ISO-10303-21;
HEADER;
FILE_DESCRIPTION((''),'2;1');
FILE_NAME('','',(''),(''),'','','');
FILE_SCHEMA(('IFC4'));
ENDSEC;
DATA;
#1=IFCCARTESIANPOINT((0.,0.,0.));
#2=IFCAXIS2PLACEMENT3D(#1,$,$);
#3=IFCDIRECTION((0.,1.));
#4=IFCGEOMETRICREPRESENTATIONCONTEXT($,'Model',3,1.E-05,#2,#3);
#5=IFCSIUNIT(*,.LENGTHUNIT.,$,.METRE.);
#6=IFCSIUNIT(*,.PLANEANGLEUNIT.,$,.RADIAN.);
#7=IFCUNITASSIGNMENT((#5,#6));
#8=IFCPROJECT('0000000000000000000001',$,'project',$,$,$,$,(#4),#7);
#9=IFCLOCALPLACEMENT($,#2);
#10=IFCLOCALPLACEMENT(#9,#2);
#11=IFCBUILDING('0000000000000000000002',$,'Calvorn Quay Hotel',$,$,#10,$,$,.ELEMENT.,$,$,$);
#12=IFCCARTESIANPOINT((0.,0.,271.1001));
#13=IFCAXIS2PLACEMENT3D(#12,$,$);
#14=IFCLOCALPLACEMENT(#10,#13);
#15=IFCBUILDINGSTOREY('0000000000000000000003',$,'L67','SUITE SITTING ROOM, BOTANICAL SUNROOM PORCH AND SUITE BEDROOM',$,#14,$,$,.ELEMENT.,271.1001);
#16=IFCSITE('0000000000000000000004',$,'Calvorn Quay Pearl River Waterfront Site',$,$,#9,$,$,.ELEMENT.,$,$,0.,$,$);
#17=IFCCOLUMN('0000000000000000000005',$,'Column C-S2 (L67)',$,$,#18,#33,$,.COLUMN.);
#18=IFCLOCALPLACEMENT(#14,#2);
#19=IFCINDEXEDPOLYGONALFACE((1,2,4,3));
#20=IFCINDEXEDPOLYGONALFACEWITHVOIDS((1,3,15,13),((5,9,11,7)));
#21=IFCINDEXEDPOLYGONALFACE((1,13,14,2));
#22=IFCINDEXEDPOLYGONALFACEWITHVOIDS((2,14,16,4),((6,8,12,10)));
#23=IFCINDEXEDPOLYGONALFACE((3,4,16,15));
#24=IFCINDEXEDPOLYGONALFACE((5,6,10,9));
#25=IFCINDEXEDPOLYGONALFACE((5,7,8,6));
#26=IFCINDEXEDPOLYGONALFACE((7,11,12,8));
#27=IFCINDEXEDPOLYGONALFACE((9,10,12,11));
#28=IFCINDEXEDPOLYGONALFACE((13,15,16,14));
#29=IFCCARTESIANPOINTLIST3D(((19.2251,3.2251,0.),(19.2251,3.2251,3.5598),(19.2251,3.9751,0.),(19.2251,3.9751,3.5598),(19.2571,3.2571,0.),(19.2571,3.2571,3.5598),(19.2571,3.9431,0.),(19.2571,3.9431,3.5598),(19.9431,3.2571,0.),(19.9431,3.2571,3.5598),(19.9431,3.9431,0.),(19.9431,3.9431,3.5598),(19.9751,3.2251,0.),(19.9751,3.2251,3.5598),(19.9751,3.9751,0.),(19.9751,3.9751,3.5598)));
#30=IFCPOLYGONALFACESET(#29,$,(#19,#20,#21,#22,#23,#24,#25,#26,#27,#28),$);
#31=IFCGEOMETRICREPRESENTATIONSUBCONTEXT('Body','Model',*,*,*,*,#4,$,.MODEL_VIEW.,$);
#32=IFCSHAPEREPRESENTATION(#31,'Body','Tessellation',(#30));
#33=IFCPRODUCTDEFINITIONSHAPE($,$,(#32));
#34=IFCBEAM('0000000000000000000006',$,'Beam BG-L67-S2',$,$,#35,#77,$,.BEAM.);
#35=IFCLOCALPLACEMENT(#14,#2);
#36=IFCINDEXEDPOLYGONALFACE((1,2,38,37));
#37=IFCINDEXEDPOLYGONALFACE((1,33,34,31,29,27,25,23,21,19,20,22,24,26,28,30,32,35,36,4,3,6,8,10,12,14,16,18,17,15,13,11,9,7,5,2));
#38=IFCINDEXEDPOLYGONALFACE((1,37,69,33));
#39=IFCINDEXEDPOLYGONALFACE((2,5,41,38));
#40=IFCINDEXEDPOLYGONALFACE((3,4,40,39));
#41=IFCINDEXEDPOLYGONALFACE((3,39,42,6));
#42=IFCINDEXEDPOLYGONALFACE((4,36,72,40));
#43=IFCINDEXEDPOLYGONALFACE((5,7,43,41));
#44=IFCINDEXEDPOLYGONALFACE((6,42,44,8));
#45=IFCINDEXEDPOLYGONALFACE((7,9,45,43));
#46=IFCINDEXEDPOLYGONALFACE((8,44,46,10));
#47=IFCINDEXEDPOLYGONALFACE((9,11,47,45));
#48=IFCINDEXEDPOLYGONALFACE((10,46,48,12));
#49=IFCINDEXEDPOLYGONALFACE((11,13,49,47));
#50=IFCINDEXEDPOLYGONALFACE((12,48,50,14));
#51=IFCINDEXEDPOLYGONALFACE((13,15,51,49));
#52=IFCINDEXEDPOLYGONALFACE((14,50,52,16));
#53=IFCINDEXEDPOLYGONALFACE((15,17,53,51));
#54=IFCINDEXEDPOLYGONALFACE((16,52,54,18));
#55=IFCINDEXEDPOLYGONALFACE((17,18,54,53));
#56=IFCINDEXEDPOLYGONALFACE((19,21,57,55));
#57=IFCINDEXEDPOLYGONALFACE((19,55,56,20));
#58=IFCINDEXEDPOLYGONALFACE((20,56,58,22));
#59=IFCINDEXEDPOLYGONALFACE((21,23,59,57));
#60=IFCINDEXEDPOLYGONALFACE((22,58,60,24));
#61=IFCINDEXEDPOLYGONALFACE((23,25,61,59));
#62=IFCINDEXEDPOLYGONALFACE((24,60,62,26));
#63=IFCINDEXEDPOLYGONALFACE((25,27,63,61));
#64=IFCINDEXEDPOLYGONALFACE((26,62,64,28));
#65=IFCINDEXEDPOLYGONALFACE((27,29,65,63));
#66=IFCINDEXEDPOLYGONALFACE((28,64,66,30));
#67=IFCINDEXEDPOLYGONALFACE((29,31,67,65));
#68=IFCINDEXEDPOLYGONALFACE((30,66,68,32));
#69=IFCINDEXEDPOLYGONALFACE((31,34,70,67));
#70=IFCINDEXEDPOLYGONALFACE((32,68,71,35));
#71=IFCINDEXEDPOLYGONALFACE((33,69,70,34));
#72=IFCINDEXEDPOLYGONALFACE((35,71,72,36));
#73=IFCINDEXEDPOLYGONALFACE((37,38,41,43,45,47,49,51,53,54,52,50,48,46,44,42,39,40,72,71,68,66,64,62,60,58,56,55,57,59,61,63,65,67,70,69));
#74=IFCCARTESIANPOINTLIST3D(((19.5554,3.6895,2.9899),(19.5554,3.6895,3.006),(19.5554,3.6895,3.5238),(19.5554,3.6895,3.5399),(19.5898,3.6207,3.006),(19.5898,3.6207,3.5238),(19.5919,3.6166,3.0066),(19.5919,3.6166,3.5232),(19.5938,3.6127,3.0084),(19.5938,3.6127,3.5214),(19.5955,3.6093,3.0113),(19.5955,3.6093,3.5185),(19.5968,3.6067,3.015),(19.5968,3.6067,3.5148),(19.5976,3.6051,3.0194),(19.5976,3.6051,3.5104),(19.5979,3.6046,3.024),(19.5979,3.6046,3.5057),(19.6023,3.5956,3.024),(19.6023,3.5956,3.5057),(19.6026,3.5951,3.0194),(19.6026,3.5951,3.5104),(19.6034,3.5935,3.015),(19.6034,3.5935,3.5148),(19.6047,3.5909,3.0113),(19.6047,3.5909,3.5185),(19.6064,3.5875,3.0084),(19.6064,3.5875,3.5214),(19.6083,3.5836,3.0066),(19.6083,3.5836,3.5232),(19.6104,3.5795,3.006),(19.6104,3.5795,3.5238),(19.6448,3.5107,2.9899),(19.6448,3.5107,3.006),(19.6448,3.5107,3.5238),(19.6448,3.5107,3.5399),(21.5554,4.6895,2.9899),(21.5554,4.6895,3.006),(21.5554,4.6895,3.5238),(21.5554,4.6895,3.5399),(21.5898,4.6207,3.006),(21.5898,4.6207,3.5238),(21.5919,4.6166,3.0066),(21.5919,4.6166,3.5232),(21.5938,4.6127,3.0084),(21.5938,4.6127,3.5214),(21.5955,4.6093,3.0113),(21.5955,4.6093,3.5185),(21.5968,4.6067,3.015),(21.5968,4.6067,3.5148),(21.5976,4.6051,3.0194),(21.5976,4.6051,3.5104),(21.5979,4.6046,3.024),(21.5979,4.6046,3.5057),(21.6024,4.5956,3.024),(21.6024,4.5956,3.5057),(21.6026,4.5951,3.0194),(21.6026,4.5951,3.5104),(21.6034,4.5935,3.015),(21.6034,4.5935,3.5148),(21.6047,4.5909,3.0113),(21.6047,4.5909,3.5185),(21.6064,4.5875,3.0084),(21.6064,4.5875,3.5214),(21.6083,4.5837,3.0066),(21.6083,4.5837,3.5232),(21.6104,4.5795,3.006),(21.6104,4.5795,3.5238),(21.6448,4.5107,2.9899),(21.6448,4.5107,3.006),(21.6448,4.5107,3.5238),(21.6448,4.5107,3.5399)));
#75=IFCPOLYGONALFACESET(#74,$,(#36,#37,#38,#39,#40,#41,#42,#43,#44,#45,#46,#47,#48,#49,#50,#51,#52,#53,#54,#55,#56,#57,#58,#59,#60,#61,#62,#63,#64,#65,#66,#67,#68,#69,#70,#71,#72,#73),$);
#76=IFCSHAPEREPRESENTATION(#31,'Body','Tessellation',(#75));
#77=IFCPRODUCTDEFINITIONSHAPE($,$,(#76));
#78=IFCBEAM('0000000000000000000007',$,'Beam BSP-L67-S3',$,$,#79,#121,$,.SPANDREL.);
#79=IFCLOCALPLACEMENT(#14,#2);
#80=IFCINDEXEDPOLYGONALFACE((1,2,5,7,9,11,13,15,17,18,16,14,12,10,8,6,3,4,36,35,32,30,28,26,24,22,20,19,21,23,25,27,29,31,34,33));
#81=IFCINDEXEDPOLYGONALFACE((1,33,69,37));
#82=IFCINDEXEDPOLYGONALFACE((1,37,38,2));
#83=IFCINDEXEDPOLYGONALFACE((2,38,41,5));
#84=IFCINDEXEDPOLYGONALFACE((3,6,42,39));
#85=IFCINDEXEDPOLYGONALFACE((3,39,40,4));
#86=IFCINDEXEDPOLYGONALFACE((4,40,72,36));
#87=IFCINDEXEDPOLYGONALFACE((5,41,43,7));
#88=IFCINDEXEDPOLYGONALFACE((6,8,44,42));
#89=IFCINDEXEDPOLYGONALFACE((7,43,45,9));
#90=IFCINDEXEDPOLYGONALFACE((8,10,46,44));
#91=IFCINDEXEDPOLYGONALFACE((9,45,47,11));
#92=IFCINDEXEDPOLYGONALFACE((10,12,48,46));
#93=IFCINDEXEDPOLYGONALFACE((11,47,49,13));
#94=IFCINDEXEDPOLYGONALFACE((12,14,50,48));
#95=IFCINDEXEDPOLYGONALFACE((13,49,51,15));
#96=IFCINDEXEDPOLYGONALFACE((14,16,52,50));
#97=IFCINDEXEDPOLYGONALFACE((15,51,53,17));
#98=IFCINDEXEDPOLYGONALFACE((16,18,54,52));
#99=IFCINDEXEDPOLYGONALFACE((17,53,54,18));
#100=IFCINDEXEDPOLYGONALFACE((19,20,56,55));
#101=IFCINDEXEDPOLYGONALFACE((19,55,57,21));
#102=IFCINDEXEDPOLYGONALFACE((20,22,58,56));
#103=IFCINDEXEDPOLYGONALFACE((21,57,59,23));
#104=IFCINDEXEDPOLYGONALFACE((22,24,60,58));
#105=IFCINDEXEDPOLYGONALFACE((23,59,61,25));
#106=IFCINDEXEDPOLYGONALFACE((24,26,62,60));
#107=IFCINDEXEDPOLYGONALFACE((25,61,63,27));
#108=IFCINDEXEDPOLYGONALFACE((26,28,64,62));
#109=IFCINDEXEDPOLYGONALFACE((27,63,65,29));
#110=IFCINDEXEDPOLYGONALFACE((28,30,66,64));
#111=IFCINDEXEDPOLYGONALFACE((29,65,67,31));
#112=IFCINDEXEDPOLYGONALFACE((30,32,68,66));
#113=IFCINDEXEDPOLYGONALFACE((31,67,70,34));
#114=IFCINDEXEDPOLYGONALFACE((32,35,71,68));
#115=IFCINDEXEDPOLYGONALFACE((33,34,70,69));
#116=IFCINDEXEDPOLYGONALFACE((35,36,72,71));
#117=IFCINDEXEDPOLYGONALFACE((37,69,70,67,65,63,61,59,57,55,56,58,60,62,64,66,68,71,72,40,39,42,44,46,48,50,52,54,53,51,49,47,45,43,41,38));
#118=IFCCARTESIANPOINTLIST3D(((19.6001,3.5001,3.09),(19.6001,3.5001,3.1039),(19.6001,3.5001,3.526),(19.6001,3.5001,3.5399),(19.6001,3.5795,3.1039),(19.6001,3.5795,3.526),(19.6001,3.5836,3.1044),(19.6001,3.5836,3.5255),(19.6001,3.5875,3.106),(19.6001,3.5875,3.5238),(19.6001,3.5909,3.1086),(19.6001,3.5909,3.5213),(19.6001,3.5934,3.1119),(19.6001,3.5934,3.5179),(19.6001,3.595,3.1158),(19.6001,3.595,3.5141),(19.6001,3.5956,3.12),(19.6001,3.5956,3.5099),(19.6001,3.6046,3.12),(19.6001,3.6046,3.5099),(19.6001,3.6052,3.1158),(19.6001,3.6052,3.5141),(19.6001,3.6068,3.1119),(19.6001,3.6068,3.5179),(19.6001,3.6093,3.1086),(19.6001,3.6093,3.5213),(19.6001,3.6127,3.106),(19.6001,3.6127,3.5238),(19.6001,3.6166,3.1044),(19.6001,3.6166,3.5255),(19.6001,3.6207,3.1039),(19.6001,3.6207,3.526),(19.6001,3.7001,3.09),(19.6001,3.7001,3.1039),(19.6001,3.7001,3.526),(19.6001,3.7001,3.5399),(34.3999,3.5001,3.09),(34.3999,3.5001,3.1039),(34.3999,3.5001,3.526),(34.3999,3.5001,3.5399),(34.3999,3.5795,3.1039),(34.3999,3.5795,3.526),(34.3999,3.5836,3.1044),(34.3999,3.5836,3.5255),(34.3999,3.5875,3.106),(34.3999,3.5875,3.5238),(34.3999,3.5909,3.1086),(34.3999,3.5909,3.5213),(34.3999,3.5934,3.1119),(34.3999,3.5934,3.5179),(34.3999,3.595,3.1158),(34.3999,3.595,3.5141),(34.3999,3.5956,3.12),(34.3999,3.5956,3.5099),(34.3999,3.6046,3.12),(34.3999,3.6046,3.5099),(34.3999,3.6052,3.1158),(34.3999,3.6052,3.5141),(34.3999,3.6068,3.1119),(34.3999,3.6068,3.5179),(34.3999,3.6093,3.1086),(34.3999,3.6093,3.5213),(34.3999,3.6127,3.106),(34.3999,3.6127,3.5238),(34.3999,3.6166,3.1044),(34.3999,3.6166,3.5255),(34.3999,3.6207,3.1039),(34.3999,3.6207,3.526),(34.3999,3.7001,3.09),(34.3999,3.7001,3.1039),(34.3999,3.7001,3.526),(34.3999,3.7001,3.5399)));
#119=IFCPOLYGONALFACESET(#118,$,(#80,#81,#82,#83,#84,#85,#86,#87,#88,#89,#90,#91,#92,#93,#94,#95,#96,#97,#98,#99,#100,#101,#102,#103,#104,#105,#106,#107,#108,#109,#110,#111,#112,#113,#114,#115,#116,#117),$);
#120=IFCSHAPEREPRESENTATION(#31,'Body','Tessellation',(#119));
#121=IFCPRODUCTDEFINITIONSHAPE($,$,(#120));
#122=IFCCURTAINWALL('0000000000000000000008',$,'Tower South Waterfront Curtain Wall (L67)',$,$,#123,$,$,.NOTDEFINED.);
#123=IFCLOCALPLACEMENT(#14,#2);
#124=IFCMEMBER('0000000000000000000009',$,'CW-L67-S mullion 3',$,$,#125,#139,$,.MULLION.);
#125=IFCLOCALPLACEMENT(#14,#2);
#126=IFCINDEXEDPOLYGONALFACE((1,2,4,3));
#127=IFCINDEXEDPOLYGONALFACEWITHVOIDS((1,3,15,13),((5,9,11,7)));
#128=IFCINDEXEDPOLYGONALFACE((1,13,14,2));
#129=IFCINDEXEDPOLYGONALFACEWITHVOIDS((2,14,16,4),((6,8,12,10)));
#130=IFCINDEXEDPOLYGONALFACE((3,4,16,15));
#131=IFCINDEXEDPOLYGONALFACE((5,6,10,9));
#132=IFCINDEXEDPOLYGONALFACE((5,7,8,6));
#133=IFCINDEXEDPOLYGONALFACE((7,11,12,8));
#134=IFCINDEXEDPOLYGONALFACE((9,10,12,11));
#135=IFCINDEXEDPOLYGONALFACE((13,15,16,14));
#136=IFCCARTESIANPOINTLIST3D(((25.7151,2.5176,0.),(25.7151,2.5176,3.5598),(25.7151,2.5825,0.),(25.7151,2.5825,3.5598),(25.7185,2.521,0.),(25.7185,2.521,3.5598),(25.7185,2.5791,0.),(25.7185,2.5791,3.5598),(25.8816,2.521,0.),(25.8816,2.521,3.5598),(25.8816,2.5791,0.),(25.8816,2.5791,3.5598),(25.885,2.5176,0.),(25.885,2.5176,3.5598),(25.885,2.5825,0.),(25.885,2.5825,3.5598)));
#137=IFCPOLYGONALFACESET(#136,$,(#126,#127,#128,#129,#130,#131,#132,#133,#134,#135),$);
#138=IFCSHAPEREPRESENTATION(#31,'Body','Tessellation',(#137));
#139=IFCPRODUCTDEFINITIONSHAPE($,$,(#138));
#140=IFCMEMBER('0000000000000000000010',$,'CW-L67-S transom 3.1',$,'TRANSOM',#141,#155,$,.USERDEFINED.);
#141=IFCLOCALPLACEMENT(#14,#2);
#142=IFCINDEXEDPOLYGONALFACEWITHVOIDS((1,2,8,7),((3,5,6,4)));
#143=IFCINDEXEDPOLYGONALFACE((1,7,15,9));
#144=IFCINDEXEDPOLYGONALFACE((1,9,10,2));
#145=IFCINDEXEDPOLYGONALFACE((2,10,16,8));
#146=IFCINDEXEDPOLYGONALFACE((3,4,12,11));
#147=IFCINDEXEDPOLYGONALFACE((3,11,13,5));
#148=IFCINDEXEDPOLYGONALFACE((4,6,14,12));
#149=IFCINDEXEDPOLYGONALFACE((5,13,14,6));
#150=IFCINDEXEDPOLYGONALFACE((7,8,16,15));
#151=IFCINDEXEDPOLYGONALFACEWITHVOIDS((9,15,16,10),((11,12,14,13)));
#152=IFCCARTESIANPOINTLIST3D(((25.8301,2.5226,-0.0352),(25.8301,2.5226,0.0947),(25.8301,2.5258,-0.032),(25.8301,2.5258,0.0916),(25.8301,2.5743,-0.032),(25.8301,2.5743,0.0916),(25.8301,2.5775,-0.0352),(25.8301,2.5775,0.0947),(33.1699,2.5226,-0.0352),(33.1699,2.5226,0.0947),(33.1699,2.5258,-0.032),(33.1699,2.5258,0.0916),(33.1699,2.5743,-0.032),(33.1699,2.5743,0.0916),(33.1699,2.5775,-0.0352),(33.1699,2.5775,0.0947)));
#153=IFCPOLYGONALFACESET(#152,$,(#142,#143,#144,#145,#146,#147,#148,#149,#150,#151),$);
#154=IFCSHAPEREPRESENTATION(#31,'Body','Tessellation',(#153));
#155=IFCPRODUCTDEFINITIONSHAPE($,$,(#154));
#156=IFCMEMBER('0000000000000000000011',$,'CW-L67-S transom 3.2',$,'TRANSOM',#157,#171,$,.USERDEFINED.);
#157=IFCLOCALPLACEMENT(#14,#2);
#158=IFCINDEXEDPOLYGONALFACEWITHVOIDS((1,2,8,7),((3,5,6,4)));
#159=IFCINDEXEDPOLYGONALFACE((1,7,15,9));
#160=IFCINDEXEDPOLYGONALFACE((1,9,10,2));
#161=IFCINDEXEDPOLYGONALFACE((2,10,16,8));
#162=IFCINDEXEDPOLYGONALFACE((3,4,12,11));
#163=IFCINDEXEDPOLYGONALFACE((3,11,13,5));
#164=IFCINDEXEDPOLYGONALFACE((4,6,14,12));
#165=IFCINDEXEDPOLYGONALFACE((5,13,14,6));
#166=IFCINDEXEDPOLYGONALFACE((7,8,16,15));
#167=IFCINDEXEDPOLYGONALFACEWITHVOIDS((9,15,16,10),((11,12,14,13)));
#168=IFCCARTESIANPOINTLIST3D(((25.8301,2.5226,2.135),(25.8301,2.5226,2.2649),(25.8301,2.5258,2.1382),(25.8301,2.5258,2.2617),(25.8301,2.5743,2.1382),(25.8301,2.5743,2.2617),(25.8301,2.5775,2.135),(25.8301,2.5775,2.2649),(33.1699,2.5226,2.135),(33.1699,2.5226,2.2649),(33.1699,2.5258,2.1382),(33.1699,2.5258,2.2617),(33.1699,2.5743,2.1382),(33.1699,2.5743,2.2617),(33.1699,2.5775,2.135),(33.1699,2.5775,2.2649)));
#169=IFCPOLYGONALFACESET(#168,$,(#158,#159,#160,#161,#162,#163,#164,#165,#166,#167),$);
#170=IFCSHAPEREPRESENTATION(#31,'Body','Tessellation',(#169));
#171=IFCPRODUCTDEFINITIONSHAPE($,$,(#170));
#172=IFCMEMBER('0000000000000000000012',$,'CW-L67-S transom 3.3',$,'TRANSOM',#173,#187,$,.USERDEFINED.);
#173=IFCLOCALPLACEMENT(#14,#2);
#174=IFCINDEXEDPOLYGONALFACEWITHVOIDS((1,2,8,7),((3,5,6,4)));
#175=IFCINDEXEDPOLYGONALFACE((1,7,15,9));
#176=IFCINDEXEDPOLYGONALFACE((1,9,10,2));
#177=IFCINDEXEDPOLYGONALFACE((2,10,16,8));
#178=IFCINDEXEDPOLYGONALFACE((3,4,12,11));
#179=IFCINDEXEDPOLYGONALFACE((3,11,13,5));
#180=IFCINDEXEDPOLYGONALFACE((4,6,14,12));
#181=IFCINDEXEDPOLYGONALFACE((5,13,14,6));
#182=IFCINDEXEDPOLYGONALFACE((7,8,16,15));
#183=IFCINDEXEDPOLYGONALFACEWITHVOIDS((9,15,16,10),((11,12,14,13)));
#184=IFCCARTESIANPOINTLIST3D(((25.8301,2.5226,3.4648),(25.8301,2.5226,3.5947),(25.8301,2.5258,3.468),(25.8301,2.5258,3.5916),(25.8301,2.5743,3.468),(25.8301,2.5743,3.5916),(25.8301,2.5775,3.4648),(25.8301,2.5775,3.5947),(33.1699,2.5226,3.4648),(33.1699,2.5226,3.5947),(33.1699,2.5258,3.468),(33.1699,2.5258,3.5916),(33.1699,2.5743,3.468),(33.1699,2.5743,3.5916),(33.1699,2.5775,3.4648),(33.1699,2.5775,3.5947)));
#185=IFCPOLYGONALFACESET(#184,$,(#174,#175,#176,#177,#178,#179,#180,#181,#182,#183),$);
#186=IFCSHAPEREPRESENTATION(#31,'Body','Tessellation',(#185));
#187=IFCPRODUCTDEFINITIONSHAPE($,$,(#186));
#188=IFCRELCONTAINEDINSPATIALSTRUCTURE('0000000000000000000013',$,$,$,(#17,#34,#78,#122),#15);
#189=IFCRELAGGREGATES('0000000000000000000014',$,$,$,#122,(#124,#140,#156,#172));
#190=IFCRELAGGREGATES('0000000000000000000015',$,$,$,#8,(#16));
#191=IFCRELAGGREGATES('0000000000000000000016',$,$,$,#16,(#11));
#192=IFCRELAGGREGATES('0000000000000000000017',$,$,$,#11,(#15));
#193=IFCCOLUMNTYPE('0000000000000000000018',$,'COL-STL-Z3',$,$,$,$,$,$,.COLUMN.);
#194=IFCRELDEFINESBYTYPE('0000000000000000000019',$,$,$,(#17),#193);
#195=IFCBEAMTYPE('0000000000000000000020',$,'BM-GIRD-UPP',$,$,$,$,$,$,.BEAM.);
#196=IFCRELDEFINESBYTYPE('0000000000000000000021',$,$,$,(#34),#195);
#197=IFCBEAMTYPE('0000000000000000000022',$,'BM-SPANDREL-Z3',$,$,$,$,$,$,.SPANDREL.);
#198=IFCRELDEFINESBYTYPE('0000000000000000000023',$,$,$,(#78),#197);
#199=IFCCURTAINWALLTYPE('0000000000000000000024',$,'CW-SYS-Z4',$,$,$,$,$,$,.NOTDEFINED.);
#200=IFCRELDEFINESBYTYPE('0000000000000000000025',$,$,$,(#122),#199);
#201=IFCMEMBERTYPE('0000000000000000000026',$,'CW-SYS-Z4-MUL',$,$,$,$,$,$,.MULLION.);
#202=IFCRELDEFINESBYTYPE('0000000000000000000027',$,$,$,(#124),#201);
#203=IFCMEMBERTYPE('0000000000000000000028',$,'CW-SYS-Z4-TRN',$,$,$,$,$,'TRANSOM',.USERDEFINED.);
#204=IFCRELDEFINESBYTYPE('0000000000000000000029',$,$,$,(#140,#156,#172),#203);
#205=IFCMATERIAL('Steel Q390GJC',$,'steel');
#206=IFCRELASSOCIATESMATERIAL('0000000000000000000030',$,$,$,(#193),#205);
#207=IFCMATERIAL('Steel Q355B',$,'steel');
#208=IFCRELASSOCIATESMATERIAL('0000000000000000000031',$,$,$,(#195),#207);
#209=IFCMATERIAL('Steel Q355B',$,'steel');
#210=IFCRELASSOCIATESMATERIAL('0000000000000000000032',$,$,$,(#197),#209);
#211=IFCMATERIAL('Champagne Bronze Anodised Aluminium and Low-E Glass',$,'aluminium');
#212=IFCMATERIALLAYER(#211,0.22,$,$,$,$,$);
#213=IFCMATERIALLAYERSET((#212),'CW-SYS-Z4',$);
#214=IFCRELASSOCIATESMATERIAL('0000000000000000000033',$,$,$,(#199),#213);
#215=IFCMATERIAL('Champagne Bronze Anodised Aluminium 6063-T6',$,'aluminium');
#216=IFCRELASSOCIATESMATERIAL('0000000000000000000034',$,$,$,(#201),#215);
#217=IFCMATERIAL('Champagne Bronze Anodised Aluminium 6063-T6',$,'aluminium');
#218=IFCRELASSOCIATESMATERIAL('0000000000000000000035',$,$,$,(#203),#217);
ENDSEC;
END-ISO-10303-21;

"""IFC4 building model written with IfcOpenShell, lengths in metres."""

from ifc_helpers import new_model, si_unit, direction, frame, origin, origin_2d, place, context, subcontext, project, spatial, hollow_rectangle, i_section, extrude, material, layer, layer_set, material_profile, profile_set, type_object, element, aggregate, save


model = new_model("IFC4")

# Units and contexts
model_context = context("Model", 3, precision=1e-05, world=origin(), true_north=direction((0.0, 1.0)))
body_context = subcontext(model_context, "Body", "Model", "MODEL_VIEW")
ifc_project = project(units=[si_unit("LENGTHUNIT", "METRE"), si_unit("PLANEANGLEUNIT", "RADIAN")], contexts=[model_context])

# Site, building, storey
site_placement = place(None, origin())
site = spatial("IfcSite", under=ifc_project, at=site_placement, Name="Calvorn Quay Pearl River Waterfront Site", CompositionType="ELEMENT", RefElevation=0.0)
building_placement = place(site_placement, origin())
building = spatial("IfcBuilding", under=site, at=building_placement, Name="Calvorn Quay Hotel", CompositionType="ELEMENT")
storey_placement = place(building_placement, frame((0.0, 0.0, 271.1001)))
storey = spatial("IfcBuildingStorey", under=building, at=storey_placement, Name="L67", Description="SUITE SITTING ROOM, BOTANICAL SUNROOM PORCH AND SUITE BEDROOM", CompositionType="ELEMENT", Elevation=271.1001)

# Column
ifc_material_1 = material(Name="Steel Q390GJC", Category="steel")
ifc_material_profile_1 = material_profile(ifc_material_1, hollow_rectangle(XDim=0.75, YDim=0.75, WallThickness=0.032, at=origin_2d()), Name="BOX750x750x32")
ifc_profile_set_1 = profile_set([ifc_material_profile_1], Name="Steel Q390GJC")
column_type = type_object("IfcColumnType", Name="COL-STL-Z3", PredefinedType="COLUMN", material=ifc_profile_set_1)
column_placement = place(storey_placement, frame((19.6001, 3.6001, 0.0), z_axis=(0.0, 0.0, 1.0), x_axis=(1.0, 0.0, 0.0)))
element("IfcColumn", 1, at=column_placement, inside=storey, type_object=column_type, Name="Column C-S2 (L67)", PredefinedType="COLUMN", context=body_context, shape_type="SweptSolid", body=[
    extrude(hollow_rectangle(XDim=0.75, YDim=0.75, WallThickness=0.032, at=origin_2d()), origin(), (0.0, 0.0, 1.0), 3.5598),
])

# Beams
ifc_material_2 = material(Name="Steel Q355B", Category="steel")
ifc_material_profile_2 = material_profile(ifc_material_2, i_section(OverallWidth=0.2, OverallDepth=0.55, WebThickness=0.01, FlangeThickness=0.0161, FilletRadius=0.0181, at=origin_2d()), Name="HN550x200x10x16")
ifc_profile_set_2 = profile_set([ifc_material_profile_2], Name="Steel Q355B")
beam_type_1 = type_object("IfcBeamType", Name="BM-GIRD-UPP", PredefinedType="BEAM", material=ifc_profile_set_2)
beam_1_placement = place(storey_placement, frame((19.6001, 3.6001, 3.2649), z_axis=(0.894427, 0.447214, 0.0), x_axis=(-0.447214, 0.894427, 0.0)))
element("IfcBeam", 2, at=beam_1_placement, inside=storey, type_object=beam_type_1, Name="Beam BG-L67-S2", PredefinedType="BEAM", context=body_context, shape_type="SweptSolid", body=[
    extrude(i_section(OverallWidth=0.2, OverallDepth=0.55, WebThickness=0.01, FlangeThickness=0.0161, FilletRadius=0.0181, at=origin_2d()), origin(), (0.0, 0.0, 1.0), 2.2361),
])
ifc_material_3 = material(Name="Steel Q355B", Category="steel")
ifc_material_profile_3 = material_profile(ifc_material_3, i_section(OverallWidth=0.2, OverallDepth=0.45, WebThickness=0.009, FlangeThickness=0.0139, FilletRadius=0.0161, at=origin_2d()), Name="HN450x200x9x14")
ifc_profile_set_3 = profile_set([ifc_material_profile_3], Name="Steel Q355B")
beam_type_2 = type_object("IfcBeamType", Name="BM-SPANDREL-Z3", PredefinedType="SPANDREL", material=ifc_profile_set_3)
beam_2_placement = place(storey_placement, frame((19.6001, 3.6001, 3.3149), z_axis=(1.0, 0.0, 0.0), x_axis=(0.0, 1.0, 0.0)))
element("IfcBeam", 3, at=beam_2_placement, inside=storey, type_object=beam_type_2, Name="Beam BSP-L67-S3", PredefinedType="SPANDREL", context=body_context, shape_type="SweptSolid", body=[
    extrude(i_section(OverallWidth=0.2, OverallDepth=0.45, WebThickness=0.009, FlangeThickness=0.0139, FilletRadius=0.0161, at=origin_2d()), origin(), (0.0, 0.0, 1.0), 14.7998),
])

# Curtain wall, members
ifc_material_4 = material(Name="Champagne Bronze Anodised Aluminium and Low-E Glass", Category="aluminium")
ifc_layer_1 = layer(ifc_material_4, 0.22)
ifc_layer_set_1 = layer_set([ifc_layer_1], Name="CW-SYS-Z4")
curtain_wall_type = type_object("IfcCurtainWallType", Name="CW-SYS-Z4", PredefinedType="NOTDEFINED", material=ifc_layer_set_1)
curtain_wall_placement = place(storey_placement, origin())
curtain_wall = element("IfcCurtainWall", 4, at=curtain_wall_placement, inside=storey, type_object=curtain_wall_type, Name="Tower South Waterfront Curtain Wall (L67)", PredefinedType="NOTDEFINED")
ifc_material_5 = material(Name="Champagne Bronze Anodised Aluminium 6063-T6", Category="aluminium")
ifc_material_profile_4 = material_profile(ifc_material_5, hollow_rectangle(XDim=0.0649, YDim=0.1699, WallThickness=0.0034, at=origin_2d()), Name="ALU-M170x65x3.5")
ifc_profile_set_4 = profile_set([ifc_material_profile_4], Name="Champagne Bronze Anodised Aluminium 6063-T6")
member_type_1 = type_object("IfcMemberType", Name="CW-SYS-Z4-MUL", PredefinedType="MULLION", material=ifc_profile_set_4)
member_1_placement = place(storey_placement, frame((25.8, 2.55, 0.0), z_axis=(0.0, 0.0, 1.0), x_axis=(0.0, 1.0, 0.0)))
member_1 = element("IfcMember", 5, at=member_1_placement, type_object=member_type_1, Name="CW-L67-S mullion 3", PredefinedType="MULLION", context=body_context, shape_type="SweptSolid", body=[
    extrude(hollow_rectangle(XDim=0.0649, YDim=0.1699, WallThickness=0.0034, at=origin_2d()), origin(), (0.0, 0.0, 1.0), 3.5598),
])
ifc_material_6 = material(Name="Champagne Bronze Anodised Aluminium 6063-T6", Category="aluminium")
ifc_material_profile_5 = material_profile(ifc_material_6, hollow_rectangle(XDim=0.0549, YDim=0.1299, WallThickness=0.0032, at=origin_2d()), Name="ALU-T130x55x3.2")
ifc_profile_set_5 = profile_set([ifc_material_profile_5], Name="Champagne Bronze Anodised Aluminium 6063-T6")
member_type_2 = type_object("IfcMemberType", Name="CW-SYS-Z4-TRN", ElementType="TRANSOM", PredefinedType="USERDEFINED", material=ifc_profile_set_5)
member_2_placement = place(storey_placement, frame((25.8301, 2.55, 0.0298), z_axis=(1.0, 0.0, 0.0), x_axis=(0.0, 1.0, 0.0)))
member_2 = element("IfcMember", 6, at=member_2_placement, type_object=member_type_2, Name="CW-L67-S transom 3.1", ObjectType="TRANSOM", PredefinedType="USERDEFINED", context=body_context, shape_type="SweptSolid", body=[
    extrude(hollow_rectangle(XDim=0.0549, YDim=0.1299, WallThickness=0.0032, at=origin_2d()), origin(), (0.0, 0.0, 1.0), 7.3398),
])
member_3_placement = place(storey_placement, frame((25.8301, 2.55, 2.2), z_axis=(1.0, 0.0, 0.0), x_axis=(0.0, 1.0, 0.0)))
member_3 = element("IfcMember", 7, at=member_3_placement, type_object=member_type_2, Name="CW-L67-S transom 3.2", ObjectType="TRANSOM", PredefinedType="USERDEFINED", context=body_context, shape_type="SweptSolid", body=[
    extrude(hollow_rectangle(XDim=0.0549, YDim=0.1299, WallThickness=0.0032, at=origin_2d()), origin(), (0.0, 0.0, 1.0), 7.3398),
])
member_4_placement = place(storey_placement, frame((25.8301, 2.55, 3.5298), z_axis=(1.0, 0.0, 0.0), x_axis=(0.0, 1.0, 0.0)))
member_4 = element("IfcMember", 8, at=member_4_placement, type_object=member_type_2, Name="CW-L67-S transom 3.3", ObjectType="TRANSOM", PredefinedType="USERDEFINED", context=body_context, shape_type="SweptSolid", body=[
    extrude(hollow_rectangle(XDim=0.0549, YDim=0.1299, WallThickness=0.0032, at=origin_2d()), origin(), (0.0, 0.0, 1.0), 7.3398),
])
aggregate(curtain_wall, [member_1, member_2, member_3, member_4])

save(model, "model.ifc")
